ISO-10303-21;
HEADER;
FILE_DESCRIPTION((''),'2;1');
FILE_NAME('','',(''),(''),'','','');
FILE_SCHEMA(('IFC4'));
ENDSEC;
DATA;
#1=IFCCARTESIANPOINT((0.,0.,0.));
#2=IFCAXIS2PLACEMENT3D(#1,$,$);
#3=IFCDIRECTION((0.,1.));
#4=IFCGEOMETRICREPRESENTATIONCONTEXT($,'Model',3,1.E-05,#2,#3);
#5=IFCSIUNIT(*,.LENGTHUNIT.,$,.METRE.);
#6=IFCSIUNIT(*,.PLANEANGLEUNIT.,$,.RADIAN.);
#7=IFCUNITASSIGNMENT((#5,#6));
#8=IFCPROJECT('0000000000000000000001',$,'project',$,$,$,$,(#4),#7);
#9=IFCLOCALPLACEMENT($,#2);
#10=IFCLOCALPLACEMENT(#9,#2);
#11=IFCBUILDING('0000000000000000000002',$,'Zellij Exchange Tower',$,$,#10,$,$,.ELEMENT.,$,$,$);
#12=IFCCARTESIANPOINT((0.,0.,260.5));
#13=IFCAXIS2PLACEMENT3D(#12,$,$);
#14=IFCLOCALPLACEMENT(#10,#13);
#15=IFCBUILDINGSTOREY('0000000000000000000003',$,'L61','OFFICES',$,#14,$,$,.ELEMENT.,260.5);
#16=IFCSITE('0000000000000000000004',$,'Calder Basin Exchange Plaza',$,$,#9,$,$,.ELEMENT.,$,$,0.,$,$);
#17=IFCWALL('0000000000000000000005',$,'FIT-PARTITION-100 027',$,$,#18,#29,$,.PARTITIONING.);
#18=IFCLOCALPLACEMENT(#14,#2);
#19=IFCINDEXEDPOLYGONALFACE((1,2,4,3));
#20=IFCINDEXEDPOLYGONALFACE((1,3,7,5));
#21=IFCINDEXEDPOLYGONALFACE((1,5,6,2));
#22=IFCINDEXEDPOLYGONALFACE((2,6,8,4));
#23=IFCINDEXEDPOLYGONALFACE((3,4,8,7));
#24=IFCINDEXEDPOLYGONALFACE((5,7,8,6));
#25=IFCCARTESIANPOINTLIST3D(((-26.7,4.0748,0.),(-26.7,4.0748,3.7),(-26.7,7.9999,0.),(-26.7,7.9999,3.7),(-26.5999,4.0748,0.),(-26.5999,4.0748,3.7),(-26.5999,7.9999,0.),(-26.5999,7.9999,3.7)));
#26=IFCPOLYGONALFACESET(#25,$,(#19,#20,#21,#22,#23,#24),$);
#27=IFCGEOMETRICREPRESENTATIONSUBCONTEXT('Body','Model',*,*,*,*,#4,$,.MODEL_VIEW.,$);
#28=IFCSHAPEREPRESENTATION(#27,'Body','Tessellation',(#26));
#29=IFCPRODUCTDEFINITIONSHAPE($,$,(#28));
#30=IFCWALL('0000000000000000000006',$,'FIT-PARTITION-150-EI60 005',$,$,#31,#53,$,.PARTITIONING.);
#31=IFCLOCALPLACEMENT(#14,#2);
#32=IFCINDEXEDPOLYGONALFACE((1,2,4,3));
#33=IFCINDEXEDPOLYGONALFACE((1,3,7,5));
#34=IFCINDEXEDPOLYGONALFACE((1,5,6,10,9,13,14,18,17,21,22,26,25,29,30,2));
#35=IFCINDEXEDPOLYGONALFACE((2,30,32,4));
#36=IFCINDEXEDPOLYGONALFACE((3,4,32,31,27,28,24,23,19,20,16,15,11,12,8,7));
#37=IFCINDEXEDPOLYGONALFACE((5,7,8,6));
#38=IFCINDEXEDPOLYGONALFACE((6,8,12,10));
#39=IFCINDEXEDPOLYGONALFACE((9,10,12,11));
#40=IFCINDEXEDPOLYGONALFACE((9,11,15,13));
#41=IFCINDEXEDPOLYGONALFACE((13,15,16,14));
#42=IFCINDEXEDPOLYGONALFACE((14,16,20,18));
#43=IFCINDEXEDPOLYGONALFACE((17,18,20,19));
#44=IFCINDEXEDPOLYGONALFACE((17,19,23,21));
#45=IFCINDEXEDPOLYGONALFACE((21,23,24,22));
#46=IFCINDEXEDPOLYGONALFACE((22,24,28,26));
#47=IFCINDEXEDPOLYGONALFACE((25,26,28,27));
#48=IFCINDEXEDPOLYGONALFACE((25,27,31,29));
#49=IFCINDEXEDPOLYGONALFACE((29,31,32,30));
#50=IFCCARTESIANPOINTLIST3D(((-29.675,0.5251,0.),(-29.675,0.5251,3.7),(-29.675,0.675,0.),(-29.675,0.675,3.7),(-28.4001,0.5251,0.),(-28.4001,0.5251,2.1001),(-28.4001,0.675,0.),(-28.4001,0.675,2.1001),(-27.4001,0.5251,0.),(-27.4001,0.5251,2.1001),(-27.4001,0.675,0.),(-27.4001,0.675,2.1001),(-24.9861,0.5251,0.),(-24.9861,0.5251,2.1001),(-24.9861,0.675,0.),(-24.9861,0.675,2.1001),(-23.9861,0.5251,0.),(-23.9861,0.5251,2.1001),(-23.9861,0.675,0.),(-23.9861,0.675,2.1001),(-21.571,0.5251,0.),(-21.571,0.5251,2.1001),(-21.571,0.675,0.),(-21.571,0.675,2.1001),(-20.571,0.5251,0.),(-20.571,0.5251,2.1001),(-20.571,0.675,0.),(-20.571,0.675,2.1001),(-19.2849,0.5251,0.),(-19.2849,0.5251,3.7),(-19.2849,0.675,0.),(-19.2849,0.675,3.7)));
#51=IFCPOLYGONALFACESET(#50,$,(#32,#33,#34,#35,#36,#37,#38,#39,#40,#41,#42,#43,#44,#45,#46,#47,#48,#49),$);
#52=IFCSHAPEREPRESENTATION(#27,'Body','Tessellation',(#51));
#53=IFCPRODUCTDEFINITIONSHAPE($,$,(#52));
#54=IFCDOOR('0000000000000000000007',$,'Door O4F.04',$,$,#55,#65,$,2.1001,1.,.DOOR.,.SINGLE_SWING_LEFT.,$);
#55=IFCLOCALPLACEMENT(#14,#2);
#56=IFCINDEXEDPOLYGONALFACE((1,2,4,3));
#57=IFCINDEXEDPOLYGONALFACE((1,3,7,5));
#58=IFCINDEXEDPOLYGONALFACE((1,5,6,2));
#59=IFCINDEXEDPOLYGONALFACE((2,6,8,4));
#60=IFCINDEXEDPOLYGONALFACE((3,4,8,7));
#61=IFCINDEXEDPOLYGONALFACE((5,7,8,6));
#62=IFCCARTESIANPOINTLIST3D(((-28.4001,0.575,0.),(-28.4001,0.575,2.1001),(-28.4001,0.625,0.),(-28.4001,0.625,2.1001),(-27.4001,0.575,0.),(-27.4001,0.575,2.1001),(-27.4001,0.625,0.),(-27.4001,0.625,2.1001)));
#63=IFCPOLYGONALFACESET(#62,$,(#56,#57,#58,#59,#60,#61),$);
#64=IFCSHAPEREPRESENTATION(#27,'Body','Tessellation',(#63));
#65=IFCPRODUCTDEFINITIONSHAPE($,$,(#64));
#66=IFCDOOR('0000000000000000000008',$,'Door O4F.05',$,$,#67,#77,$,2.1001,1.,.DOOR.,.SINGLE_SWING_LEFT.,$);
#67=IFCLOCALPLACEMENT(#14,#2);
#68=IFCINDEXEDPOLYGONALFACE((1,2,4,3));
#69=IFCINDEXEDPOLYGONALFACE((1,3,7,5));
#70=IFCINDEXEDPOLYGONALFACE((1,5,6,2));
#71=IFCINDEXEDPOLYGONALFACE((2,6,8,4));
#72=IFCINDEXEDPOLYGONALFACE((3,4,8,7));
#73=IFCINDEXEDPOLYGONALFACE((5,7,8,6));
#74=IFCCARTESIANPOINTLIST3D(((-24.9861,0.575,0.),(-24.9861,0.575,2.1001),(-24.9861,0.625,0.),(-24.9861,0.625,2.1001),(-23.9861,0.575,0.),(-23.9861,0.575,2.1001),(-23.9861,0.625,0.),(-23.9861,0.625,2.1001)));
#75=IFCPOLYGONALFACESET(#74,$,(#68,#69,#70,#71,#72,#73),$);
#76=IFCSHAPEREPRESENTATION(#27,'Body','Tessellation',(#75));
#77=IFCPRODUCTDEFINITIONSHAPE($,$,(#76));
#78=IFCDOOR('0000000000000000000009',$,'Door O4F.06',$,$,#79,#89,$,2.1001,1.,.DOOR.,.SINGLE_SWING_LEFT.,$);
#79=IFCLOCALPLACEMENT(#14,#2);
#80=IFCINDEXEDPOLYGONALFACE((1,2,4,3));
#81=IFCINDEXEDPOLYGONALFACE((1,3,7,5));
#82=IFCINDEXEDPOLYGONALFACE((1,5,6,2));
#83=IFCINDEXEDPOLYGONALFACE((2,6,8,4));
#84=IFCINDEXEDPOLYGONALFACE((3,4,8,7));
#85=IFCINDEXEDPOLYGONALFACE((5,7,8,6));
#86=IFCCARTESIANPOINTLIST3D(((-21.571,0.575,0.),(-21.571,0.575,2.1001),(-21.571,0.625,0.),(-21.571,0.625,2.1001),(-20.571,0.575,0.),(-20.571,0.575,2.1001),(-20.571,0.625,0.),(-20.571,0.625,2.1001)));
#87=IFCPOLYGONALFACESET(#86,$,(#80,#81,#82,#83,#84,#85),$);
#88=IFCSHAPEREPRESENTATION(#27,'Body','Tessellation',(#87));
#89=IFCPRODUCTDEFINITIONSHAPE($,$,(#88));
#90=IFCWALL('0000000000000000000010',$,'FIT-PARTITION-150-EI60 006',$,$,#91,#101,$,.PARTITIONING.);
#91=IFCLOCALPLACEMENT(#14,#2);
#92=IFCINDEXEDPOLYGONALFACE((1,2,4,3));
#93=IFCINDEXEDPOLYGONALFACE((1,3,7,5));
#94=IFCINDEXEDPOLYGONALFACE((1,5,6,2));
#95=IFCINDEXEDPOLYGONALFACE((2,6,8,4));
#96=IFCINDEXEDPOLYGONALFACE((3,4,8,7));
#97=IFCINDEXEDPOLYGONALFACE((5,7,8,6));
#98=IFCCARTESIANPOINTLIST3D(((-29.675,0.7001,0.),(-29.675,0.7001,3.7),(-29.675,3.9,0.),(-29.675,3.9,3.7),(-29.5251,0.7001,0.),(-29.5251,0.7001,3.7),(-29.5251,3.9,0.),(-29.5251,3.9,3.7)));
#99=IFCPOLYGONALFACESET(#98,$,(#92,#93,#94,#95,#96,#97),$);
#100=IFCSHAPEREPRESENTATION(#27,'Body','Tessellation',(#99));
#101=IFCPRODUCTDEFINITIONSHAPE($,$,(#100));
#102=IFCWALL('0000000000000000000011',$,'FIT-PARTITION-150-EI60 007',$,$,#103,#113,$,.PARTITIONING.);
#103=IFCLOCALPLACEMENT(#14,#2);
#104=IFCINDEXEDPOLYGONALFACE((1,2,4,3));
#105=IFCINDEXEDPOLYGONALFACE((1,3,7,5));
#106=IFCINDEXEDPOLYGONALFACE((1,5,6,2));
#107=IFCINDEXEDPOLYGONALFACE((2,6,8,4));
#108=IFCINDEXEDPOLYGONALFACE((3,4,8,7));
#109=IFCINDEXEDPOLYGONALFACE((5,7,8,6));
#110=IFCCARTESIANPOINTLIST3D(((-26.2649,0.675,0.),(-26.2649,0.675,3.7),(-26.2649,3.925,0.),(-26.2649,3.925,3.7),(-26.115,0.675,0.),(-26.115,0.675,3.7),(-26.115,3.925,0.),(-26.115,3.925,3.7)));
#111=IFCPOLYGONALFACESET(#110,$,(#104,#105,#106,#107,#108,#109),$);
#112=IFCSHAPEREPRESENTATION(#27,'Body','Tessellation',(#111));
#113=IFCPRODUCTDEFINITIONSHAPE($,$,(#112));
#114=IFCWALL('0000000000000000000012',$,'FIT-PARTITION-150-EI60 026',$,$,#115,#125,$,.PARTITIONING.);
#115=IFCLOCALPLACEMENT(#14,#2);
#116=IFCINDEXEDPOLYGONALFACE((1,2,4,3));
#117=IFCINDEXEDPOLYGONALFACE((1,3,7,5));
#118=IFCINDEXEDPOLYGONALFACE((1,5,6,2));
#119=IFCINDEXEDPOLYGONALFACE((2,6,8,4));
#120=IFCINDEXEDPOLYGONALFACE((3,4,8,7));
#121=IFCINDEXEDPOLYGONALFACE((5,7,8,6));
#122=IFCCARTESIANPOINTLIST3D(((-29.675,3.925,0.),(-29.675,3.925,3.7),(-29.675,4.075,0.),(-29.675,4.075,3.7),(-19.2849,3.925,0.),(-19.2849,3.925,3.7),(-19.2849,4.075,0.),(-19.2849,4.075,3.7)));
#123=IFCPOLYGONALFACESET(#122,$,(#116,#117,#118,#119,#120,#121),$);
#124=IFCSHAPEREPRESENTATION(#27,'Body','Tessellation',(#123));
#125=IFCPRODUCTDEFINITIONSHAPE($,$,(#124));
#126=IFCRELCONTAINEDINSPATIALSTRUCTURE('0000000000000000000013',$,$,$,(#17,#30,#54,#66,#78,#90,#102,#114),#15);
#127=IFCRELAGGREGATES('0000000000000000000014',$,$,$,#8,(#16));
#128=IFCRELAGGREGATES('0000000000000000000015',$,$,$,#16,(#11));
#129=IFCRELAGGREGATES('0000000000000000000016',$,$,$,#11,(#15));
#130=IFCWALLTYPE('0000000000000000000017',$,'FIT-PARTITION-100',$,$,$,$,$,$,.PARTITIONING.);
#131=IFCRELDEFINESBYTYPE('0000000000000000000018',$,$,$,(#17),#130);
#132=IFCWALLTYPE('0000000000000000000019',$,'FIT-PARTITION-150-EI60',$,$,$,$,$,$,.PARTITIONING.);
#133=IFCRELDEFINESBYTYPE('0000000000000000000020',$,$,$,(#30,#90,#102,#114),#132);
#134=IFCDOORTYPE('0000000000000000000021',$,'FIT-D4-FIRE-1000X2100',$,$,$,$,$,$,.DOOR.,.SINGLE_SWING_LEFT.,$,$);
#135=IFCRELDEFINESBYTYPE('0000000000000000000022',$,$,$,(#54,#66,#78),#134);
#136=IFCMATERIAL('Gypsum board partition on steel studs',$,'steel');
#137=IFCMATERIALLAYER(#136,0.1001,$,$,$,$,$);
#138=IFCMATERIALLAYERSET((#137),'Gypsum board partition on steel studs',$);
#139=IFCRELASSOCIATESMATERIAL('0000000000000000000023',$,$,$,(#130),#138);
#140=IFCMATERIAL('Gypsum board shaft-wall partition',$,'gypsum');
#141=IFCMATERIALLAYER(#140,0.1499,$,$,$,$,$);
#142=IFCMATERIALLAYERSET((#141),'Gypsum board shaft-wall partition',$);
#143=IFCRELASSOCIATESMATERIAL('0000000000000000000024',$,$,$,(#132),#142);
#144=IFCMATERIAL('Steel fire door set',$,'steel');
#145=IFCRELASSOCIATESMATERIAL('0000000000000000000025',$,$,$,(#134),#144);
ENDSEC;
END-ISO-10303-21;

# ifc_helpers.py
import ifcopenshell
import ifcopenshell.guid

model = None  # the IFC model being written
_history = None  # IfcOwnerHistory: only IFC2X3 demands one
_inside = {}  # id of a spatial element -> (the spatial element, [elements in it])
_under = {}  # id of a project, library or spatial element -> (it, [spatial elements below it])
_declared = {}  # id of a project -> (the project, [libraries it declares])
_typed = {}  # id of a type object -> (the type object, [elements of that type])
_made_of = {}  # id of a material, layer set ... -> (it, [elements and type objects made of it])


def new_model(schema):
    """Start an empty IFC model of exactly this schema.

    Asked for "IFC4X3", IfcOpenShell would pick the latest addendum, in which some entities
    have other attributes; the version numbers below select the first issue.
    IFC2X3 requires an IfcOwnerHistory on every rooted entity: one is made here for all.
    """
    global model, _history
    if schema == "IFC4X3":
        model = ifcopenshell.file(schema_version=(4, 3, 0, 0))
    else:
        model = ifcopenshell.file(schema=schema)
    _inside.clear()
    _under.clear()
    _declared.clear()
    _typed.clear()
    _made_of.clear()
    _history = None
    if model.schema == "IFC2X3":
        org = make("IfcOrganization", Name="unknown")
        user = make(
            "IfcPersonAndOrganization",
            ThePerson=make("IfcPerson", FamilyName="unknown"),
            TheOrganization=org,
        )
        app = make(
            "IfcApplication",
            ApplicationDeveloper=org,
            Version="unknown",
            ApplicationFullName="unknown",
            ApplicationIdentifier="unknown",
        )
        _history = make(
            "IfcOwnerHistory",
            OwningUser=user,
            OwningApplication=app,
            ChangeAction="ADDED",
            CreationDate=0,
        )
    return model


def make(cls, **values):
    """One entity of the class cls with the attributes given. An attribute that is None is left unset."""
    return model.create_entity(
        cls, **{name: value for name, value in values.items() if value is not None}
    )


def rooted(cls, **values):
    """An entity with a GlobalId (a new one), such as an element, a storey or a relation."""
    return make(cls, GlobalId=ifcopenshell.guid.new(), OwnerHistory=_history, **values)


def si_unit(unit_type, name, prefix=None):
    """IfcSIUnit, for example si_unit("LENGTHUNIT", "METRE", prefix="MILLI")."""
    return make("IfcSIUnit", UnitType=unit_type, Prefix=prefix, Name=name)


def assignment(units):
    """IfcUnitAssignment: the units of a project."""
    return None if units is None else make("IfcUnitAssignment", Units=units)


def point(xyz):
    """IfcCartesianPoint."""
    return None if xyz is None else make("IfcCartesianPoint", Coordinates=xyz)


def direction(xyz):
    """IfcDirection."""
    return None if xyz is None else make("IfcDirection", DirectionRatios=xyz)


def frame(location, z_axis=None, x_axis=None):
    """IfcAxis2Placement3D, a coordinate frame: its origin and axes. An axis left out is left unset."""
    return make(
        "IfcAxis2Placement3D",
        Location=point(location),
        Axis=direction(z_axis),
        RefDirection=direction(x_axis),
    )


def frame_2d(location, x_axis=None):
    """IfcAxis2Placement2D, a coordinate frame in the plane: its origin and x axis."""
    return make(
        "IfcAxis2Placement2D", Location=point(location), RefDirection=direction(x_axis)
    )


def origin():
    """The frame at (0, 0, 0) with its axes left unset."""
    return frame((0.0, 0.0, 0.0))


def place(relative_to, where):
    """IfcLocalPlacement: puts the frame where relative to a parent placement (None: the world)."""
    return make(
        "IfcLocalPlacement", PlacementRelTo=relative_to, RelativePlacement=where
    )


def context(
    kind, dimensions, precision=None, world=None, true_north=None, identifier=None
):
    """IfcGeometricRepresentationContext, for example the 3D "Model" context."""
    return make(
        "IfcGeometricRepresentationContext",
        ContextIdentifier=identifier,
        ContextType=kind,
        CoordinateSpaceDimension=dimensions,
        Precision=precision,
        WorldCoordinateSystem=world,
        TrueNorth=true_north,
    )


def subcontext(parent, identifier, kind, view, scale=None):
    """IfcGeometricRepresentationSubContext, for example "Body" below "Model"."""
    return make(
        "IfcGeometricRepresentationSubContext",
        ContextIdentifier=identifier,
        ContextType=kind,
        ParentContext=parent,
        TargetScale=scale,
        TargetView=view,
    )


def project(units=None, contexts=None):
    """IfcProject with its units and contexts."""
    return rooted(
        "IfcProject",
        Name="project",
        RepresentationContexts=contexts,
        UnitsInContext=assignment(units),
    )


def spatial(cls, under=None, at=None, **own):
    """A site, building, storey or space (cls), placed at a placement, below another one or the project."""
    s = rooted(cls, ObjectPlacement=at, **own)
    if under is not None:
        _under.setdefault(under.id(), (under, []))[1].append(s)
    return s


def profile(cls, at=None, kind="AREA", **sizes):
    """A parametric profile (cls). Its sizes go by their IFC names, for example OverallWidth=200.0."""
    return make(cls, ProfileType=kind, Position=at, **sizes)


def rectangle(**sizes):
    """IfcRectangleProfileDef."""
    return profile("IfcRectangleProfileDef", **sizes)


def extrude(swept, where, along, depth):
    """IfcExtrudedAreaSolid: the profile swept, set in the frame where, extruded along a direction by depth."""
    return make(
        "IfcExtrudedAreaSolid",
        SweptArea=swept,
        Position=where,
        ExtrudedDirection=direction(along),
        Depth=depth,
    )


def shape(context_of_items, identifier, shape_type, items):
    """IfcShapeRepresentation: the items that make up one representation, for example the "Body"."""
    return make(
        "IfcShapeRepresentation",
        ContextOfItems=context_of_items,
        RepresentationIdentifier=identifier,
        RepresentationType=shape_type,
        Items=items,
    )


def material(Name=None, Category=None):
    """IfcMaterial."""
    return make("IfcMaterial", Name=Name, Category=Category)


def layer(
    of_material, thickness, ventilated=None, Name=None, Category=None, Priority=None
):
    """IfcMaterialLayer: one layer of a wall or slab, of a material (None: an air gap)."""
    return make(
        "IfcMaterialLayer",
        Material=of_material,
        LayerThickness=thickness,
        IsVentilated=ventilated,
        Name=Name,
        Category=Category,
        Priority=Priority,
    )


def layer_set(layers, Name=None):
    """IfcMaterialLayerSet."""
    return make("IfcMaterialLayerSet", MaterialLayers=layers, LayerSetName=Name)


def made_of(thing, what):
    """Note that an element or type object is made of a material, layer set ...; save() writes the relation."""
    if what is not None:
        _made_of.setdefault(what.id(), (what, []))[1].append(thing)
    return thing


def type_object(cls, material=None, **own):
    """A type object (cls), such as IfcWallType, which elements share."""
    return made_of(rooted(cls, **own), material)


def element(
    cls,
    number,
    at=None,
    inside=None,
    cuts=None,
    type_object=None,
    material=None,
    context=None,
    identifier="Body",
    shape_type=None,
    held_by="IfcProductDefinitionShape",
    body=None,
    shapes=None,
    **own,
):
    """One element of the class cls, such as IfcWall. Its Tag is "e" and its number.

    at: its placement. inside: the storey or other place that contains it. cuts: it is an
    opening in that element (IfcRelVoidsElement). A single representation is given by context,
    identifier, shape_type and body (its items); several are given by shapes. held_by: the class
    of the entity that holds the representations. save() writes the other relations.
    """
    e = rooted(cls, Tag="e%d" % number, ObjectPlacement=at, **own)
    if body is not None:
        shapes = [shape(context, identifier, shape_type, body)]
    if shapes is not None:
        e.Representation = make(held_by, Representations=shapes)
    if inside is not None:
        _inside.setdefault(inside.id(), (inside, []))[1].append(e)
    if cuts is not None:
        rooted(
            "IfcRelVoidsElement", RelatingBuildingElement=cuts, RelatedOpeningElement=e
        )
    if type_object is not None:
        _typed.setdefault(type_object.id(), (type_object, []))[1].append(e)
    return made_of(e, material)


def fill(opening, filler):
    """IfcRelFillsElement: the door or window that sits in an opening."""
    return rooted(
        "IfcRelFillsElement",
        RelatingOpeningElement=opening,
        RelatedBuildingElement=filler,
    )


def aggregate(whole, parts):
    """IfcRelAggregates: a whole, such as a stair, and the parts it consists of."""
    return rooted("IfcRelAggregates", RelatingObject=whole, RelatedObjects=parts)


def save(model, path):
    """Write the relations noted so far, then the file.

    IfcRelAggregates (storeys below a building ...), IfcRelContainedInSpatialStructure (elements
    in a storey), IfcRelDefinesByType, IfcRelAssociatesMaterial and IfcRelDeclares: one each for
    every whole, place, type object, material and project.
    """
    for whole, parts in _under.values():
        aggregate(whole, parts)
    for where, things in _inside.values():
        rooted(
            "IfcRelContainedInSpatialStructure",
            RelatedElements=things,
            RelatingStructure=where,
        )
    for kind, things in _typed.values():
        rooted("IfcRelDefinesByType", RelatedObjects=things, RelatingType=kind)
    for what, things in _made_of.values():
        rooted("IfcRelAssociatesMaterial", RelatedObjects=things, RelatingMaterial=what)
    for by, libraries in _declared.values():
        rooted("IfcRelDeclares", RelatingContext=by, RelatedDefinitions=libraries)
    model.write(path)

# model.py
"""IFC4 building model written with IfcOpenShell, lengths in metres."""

from ifc_helpers import new_model, si_unit, direction, frame, frame_2d, origin, place, context, subcontext, project, spatial, rectangle, extrude, material, layer, layer_set, type_object, element, fill, save


model = new_model("IFC4")

# Units and contexts
model_context = context("Model", 3, precision=1e-05, world=origin(), true_north=direction((0.0, 1.0)))
body_context = subcontext(model_context, "Body", "Model", "MODEL_VIEW")
ifc_project = project(units=[si_unit("LENGTHUNIT", "METRE"), si_unit("PLANEANGLEUNIT", "RADIAN")], contexts=[model_context])

# Site, building, storey
site_placement = place(None, origin())
site = spatial("IfcSite", under=ifc_project, at=site_placement, Name="Calder Basin Exchange Plaza", CompositionType="ELEMENT", RefElevation=0.0)
building_placement = place(site_placement, origin())
building = spatial("IfcBuilding", under=site, at=building_placement, Name="Zellij Exchange Tower", CompositionType="ELEMENT")
storey_placement = place(building_placement, frame((0.0, 0.0, 260.5)))
storey = spatial("IfcBuildingStorey", under=building, at=storey_placement, Name="L61", Description="OFFICES", CompositionType="ELEMENT", Elevation=260.5)

# Wall
ifc_material_1 = material(Name="Gypsum board partition on steel studs", Category="steel")
ifc_layer_1 = layer(ifc_material_1, 0.1001)
ifc_layer_set_1 = layer_set([ifc_layer_1], Name="Gypsum board partition on steel studs")
wall_type_1 = type_object("IfcWallType", Name="FIT-PARTITION-100", PredefinedType="PARTITIONING", material=ifc_layer_set_1)
wall_1_placement = place(storey_placement, frame((-26.6499, 4.075, 0.0), z_axis=(0.0, 0.0, 1.0), x_axis=(0.0, 1.0, 0.0)))
element("IfcWall", 1, at=wall_1_placement, inside=storey, type_object=wall_type_1, Name="FIT-PARTITION-100 027", PredefinedType="PARTITIONING", context=body_context, shape_type="SweptSolid", body=[
    extrude(rectangle(XDim=3.925, YDim=0.1001, at=frame_2d((1.9624, 0.0))), origin(), (0.0, 0.0, 1.0), 3.7),
])

# Wall, openings, doors
ifc_material_2 = material(Name="Gypsum board shaft-wall partition", Category="gypsum")
ifc_layer_2 = layer(ifc_material_2, 0.1499)
ifc_layer_set_2 = layer_set([ifc_layer_2], Name="Gypsum board shaft-wall partition")
wall_type_2 = type_object("IfcWallType", Name="FIT-PARTITION-150-EI60", PredefinedType="PARTITIONING", material=ifc_layer_set_2)
wall_2_placement = place(storey_placement, frame((-29.675, 0.6001, 0.0), z_axis=(0.0, 0.0, 1.0), x_axis=(1.0, 0.0, 0.0)))
wall_2 = element("IfcWall", 2, at=wall_2_placement, inside=storey, type_object=wall_type_2, Name="FIT-PARTITION-150-EI60 005", PredefinedType="PARTITIONING", context=body_context, shape_type="SweptSolid", body=[
    extrude(rectangle(XDim=10.3901, YDim=0.1499, at=frame_2d((5.1951, 0.0))), origin(), (0.0, 0.0, 1.0), 3.7),
])
opening_1_placement = place(wall_2_placement, frame((1.2749, 0.0, 0.0)))
opening_1 = element("IfcOpeningElement", 3, at=opening_1_placement, cuts=wall_2, PredefinedType="OPENING", context=body_context, shape_type="SweptSolid", body=[
    extrude(rectangle(XDim=1.0, YDim=2.1001, at=frame_2d((0.5, 1.05))), frame((0.0, 0.0869, 0.0), z_axis=(0.0, -1.0, 0.0), x_axis=(1.0, 0.0, 0.0)), (0.0, 0.0, 1.0), 0.1738),
])
opening_2_placement = place(wall_2_placement, frame((4.689, 0.0, 0.0)))
opening_2 = element("IfcOpeningElement", 4, at=opening_2_placement, cuts=wall_2, PredefinedType="OPENING", context=body_context, shape_type="SweptSolid", body=[
    extrude(rectangle(XDim=1.0, YDim=2.1001, at=frame_2d((0.5, 1.05))), frame((0.0, 0.0869, 0.0), z_axis=(0.0, -1.0, 0.0), x_axis=(1.0, 0.0, 0.0)), (0.0, 0.0, 1.0), 0.1738),
])
opening_3_placement = place(wall_2_placement, frame((8.104, 0.0, 0.0)))
opening_3 = element("IfcOpeningElement", 5, at=opening_3_placement, cuts=wall_2, PredefinedType="OPENING", context=body_context, shape_type="SweptSolid", body=[
    extrude(rectangle(XDim=1.0, YDim=2.1001, at=frame_2d((0.5, 1.05))), frame((0.0, 0.0869, 0.0), z_axis=(0.0, -1.0, 0.0), x_axis=(1.0, 0.0, 0.0)), (0.0, 0.0, 1.0), 0.1738),
])
ifc_material_3 = material(Name="Steel fire door set", Category="steel")
door_type_1 = type_object("IfcDoorType", Name="FIT-D4-FIRE-1000X2100", OperationType="SINGLE_SWING_LEFT", PredefinedType="DOOR", material=ifc_material_3)
door_1_placement = place(opening_1_placement, origin())
door_1 = element("IfcDoor", 6, at=door_1_placement, inside=storey, type_object=door_type_1, Name="Door O4F.04", OperationType="SINGLE_SWING_LEFT", OverallHeight=2.1001, OverallWidth=1.0, PredefinedType="DOOR", context=body_context, shape_type="SweptSolid", body=[
    extrude(rectangle(XDim=1.0, YDim=2.1001, at=frame_2d((0.5, 1.05))), frame((0.0, 0.0249, 0.0), z_axis=(0.0, -1.0, 0.0), x_axis=(1.0, 0.0, 0.0)), (0.0, 0.0, 1.0), 0.05),
])
fill(opening_1, door_1)
door_2_placement = place(opening_2_placement, origin())
door_2 = element("IfcDoor", 7, at=door_2_placement, inside=storey, type_object=door_type_1, Name="Door O4F.05", OperationType="SINGLE_SWING_LEFT", OverallHeight=2.1001, OverallWidth=1.0, PredefinedType="DOOR", context=body_context, shape_type="SweptSolid", body=[
    extrude(rectangle(XDim=1.0, YDim=2.1001, at=frame_2d((0.5, 1.05))), frame((0.0, 0.0249, 0.0), z_axis=(0.0, -1.0, 0.0), x_axis=(1.0, 0.0, 0.0)), (0.0, 0.0, 1.0), 0.05),
])
fill(opening_2, door_2)
door_3_placement = place(opening_3_placement, origin())
door_3 = element("IfcDoor", 8, at=door_3_placement, inside=storey, type_object=door_type_1, Name="Door O4F.06", OperationType="SINGLE_SWING_LEFT", OverallHeight=2.1001, OverallWidth=1.0, PredefinedType="DOOR", context=body_context, shape_type="SweptSolid", body=[
    extrude(rectangle(XDim=1.0, YDim=2.1001, at=frame_2d((0.5, 1.05))), frame((0.0, 0.0249, 0.0), z_axis=(0.0, -1.0, 0.0), x_axis=(1.0, 0.0, 0.0)), (0.0, 0.0, 1.0), 0.05),
])
fill(opening_3, door_3)

# Walls
wall_3_placement = place(storey_placement, frame((-29.6001, 0.7, 0.0), z_axis=(0.0, 0.0, 1.0), x_axis=(0.0, 1.0, 0.0)))
element("IfcWall", 9, at=wall_3_placement, inside=storey, type_object=wall_type_2, Name="FIT-PARTITION-150-EI60 006", PredefinedType="PARTITIONING", context=body_context, shape_type="SweptSolid", body=[
    extrude(rectangle(XDim=3.2, YDim=0.1499, at=frame_2d((1.6001, 0.0))), origin(), (0.0, 0.0, 1.0), 3.7),
])
wall_4_placement = place(storey_placement, frame((-26.1899, 0.675, 0.0), z_axis=(0.0, 0.0, 1.0), x_axis=(0.0, 1.0, 0.0)))
element("IfcWall", 10, at=wall_4_placement, inside=storey, type_object=wall_type_2, Name="FIT-PARTITION-150-EI60 007", PredefinedType="PARTITIONING", context=body_context, shape_type="SweptSolid", body=[
    extrude(rectangle(XDim=3.25, YDim=0.1499, at=frame_2d((1.625, 0.0))), origin(), (0.0, 0.0, 1.0), 3.7),
])
wall_5_placement = place(storey_placement, frame((-29.675, 4.0, 0.0), z_axis=(0.0, 0.0, 1.0), x_axis=(1.0, 0.0, 0.0)))
element("IfcWall", 11, at=wall_5_placement, inside=storey, type_object=wall_type_2, Name="FIT-PARTITION-150-EI60 026", PredefinedType="PARTITIONING", context=body_context, shape_type="SweptSolid", body=[
    extrude(rectangle(XDim=10.3901, YDim=0.1499, at=frame_2d((5.1951, 0.0))), origin(), (0.0, 0.0, 1.0), 3.7),
])

save(model, "model.ifc")
